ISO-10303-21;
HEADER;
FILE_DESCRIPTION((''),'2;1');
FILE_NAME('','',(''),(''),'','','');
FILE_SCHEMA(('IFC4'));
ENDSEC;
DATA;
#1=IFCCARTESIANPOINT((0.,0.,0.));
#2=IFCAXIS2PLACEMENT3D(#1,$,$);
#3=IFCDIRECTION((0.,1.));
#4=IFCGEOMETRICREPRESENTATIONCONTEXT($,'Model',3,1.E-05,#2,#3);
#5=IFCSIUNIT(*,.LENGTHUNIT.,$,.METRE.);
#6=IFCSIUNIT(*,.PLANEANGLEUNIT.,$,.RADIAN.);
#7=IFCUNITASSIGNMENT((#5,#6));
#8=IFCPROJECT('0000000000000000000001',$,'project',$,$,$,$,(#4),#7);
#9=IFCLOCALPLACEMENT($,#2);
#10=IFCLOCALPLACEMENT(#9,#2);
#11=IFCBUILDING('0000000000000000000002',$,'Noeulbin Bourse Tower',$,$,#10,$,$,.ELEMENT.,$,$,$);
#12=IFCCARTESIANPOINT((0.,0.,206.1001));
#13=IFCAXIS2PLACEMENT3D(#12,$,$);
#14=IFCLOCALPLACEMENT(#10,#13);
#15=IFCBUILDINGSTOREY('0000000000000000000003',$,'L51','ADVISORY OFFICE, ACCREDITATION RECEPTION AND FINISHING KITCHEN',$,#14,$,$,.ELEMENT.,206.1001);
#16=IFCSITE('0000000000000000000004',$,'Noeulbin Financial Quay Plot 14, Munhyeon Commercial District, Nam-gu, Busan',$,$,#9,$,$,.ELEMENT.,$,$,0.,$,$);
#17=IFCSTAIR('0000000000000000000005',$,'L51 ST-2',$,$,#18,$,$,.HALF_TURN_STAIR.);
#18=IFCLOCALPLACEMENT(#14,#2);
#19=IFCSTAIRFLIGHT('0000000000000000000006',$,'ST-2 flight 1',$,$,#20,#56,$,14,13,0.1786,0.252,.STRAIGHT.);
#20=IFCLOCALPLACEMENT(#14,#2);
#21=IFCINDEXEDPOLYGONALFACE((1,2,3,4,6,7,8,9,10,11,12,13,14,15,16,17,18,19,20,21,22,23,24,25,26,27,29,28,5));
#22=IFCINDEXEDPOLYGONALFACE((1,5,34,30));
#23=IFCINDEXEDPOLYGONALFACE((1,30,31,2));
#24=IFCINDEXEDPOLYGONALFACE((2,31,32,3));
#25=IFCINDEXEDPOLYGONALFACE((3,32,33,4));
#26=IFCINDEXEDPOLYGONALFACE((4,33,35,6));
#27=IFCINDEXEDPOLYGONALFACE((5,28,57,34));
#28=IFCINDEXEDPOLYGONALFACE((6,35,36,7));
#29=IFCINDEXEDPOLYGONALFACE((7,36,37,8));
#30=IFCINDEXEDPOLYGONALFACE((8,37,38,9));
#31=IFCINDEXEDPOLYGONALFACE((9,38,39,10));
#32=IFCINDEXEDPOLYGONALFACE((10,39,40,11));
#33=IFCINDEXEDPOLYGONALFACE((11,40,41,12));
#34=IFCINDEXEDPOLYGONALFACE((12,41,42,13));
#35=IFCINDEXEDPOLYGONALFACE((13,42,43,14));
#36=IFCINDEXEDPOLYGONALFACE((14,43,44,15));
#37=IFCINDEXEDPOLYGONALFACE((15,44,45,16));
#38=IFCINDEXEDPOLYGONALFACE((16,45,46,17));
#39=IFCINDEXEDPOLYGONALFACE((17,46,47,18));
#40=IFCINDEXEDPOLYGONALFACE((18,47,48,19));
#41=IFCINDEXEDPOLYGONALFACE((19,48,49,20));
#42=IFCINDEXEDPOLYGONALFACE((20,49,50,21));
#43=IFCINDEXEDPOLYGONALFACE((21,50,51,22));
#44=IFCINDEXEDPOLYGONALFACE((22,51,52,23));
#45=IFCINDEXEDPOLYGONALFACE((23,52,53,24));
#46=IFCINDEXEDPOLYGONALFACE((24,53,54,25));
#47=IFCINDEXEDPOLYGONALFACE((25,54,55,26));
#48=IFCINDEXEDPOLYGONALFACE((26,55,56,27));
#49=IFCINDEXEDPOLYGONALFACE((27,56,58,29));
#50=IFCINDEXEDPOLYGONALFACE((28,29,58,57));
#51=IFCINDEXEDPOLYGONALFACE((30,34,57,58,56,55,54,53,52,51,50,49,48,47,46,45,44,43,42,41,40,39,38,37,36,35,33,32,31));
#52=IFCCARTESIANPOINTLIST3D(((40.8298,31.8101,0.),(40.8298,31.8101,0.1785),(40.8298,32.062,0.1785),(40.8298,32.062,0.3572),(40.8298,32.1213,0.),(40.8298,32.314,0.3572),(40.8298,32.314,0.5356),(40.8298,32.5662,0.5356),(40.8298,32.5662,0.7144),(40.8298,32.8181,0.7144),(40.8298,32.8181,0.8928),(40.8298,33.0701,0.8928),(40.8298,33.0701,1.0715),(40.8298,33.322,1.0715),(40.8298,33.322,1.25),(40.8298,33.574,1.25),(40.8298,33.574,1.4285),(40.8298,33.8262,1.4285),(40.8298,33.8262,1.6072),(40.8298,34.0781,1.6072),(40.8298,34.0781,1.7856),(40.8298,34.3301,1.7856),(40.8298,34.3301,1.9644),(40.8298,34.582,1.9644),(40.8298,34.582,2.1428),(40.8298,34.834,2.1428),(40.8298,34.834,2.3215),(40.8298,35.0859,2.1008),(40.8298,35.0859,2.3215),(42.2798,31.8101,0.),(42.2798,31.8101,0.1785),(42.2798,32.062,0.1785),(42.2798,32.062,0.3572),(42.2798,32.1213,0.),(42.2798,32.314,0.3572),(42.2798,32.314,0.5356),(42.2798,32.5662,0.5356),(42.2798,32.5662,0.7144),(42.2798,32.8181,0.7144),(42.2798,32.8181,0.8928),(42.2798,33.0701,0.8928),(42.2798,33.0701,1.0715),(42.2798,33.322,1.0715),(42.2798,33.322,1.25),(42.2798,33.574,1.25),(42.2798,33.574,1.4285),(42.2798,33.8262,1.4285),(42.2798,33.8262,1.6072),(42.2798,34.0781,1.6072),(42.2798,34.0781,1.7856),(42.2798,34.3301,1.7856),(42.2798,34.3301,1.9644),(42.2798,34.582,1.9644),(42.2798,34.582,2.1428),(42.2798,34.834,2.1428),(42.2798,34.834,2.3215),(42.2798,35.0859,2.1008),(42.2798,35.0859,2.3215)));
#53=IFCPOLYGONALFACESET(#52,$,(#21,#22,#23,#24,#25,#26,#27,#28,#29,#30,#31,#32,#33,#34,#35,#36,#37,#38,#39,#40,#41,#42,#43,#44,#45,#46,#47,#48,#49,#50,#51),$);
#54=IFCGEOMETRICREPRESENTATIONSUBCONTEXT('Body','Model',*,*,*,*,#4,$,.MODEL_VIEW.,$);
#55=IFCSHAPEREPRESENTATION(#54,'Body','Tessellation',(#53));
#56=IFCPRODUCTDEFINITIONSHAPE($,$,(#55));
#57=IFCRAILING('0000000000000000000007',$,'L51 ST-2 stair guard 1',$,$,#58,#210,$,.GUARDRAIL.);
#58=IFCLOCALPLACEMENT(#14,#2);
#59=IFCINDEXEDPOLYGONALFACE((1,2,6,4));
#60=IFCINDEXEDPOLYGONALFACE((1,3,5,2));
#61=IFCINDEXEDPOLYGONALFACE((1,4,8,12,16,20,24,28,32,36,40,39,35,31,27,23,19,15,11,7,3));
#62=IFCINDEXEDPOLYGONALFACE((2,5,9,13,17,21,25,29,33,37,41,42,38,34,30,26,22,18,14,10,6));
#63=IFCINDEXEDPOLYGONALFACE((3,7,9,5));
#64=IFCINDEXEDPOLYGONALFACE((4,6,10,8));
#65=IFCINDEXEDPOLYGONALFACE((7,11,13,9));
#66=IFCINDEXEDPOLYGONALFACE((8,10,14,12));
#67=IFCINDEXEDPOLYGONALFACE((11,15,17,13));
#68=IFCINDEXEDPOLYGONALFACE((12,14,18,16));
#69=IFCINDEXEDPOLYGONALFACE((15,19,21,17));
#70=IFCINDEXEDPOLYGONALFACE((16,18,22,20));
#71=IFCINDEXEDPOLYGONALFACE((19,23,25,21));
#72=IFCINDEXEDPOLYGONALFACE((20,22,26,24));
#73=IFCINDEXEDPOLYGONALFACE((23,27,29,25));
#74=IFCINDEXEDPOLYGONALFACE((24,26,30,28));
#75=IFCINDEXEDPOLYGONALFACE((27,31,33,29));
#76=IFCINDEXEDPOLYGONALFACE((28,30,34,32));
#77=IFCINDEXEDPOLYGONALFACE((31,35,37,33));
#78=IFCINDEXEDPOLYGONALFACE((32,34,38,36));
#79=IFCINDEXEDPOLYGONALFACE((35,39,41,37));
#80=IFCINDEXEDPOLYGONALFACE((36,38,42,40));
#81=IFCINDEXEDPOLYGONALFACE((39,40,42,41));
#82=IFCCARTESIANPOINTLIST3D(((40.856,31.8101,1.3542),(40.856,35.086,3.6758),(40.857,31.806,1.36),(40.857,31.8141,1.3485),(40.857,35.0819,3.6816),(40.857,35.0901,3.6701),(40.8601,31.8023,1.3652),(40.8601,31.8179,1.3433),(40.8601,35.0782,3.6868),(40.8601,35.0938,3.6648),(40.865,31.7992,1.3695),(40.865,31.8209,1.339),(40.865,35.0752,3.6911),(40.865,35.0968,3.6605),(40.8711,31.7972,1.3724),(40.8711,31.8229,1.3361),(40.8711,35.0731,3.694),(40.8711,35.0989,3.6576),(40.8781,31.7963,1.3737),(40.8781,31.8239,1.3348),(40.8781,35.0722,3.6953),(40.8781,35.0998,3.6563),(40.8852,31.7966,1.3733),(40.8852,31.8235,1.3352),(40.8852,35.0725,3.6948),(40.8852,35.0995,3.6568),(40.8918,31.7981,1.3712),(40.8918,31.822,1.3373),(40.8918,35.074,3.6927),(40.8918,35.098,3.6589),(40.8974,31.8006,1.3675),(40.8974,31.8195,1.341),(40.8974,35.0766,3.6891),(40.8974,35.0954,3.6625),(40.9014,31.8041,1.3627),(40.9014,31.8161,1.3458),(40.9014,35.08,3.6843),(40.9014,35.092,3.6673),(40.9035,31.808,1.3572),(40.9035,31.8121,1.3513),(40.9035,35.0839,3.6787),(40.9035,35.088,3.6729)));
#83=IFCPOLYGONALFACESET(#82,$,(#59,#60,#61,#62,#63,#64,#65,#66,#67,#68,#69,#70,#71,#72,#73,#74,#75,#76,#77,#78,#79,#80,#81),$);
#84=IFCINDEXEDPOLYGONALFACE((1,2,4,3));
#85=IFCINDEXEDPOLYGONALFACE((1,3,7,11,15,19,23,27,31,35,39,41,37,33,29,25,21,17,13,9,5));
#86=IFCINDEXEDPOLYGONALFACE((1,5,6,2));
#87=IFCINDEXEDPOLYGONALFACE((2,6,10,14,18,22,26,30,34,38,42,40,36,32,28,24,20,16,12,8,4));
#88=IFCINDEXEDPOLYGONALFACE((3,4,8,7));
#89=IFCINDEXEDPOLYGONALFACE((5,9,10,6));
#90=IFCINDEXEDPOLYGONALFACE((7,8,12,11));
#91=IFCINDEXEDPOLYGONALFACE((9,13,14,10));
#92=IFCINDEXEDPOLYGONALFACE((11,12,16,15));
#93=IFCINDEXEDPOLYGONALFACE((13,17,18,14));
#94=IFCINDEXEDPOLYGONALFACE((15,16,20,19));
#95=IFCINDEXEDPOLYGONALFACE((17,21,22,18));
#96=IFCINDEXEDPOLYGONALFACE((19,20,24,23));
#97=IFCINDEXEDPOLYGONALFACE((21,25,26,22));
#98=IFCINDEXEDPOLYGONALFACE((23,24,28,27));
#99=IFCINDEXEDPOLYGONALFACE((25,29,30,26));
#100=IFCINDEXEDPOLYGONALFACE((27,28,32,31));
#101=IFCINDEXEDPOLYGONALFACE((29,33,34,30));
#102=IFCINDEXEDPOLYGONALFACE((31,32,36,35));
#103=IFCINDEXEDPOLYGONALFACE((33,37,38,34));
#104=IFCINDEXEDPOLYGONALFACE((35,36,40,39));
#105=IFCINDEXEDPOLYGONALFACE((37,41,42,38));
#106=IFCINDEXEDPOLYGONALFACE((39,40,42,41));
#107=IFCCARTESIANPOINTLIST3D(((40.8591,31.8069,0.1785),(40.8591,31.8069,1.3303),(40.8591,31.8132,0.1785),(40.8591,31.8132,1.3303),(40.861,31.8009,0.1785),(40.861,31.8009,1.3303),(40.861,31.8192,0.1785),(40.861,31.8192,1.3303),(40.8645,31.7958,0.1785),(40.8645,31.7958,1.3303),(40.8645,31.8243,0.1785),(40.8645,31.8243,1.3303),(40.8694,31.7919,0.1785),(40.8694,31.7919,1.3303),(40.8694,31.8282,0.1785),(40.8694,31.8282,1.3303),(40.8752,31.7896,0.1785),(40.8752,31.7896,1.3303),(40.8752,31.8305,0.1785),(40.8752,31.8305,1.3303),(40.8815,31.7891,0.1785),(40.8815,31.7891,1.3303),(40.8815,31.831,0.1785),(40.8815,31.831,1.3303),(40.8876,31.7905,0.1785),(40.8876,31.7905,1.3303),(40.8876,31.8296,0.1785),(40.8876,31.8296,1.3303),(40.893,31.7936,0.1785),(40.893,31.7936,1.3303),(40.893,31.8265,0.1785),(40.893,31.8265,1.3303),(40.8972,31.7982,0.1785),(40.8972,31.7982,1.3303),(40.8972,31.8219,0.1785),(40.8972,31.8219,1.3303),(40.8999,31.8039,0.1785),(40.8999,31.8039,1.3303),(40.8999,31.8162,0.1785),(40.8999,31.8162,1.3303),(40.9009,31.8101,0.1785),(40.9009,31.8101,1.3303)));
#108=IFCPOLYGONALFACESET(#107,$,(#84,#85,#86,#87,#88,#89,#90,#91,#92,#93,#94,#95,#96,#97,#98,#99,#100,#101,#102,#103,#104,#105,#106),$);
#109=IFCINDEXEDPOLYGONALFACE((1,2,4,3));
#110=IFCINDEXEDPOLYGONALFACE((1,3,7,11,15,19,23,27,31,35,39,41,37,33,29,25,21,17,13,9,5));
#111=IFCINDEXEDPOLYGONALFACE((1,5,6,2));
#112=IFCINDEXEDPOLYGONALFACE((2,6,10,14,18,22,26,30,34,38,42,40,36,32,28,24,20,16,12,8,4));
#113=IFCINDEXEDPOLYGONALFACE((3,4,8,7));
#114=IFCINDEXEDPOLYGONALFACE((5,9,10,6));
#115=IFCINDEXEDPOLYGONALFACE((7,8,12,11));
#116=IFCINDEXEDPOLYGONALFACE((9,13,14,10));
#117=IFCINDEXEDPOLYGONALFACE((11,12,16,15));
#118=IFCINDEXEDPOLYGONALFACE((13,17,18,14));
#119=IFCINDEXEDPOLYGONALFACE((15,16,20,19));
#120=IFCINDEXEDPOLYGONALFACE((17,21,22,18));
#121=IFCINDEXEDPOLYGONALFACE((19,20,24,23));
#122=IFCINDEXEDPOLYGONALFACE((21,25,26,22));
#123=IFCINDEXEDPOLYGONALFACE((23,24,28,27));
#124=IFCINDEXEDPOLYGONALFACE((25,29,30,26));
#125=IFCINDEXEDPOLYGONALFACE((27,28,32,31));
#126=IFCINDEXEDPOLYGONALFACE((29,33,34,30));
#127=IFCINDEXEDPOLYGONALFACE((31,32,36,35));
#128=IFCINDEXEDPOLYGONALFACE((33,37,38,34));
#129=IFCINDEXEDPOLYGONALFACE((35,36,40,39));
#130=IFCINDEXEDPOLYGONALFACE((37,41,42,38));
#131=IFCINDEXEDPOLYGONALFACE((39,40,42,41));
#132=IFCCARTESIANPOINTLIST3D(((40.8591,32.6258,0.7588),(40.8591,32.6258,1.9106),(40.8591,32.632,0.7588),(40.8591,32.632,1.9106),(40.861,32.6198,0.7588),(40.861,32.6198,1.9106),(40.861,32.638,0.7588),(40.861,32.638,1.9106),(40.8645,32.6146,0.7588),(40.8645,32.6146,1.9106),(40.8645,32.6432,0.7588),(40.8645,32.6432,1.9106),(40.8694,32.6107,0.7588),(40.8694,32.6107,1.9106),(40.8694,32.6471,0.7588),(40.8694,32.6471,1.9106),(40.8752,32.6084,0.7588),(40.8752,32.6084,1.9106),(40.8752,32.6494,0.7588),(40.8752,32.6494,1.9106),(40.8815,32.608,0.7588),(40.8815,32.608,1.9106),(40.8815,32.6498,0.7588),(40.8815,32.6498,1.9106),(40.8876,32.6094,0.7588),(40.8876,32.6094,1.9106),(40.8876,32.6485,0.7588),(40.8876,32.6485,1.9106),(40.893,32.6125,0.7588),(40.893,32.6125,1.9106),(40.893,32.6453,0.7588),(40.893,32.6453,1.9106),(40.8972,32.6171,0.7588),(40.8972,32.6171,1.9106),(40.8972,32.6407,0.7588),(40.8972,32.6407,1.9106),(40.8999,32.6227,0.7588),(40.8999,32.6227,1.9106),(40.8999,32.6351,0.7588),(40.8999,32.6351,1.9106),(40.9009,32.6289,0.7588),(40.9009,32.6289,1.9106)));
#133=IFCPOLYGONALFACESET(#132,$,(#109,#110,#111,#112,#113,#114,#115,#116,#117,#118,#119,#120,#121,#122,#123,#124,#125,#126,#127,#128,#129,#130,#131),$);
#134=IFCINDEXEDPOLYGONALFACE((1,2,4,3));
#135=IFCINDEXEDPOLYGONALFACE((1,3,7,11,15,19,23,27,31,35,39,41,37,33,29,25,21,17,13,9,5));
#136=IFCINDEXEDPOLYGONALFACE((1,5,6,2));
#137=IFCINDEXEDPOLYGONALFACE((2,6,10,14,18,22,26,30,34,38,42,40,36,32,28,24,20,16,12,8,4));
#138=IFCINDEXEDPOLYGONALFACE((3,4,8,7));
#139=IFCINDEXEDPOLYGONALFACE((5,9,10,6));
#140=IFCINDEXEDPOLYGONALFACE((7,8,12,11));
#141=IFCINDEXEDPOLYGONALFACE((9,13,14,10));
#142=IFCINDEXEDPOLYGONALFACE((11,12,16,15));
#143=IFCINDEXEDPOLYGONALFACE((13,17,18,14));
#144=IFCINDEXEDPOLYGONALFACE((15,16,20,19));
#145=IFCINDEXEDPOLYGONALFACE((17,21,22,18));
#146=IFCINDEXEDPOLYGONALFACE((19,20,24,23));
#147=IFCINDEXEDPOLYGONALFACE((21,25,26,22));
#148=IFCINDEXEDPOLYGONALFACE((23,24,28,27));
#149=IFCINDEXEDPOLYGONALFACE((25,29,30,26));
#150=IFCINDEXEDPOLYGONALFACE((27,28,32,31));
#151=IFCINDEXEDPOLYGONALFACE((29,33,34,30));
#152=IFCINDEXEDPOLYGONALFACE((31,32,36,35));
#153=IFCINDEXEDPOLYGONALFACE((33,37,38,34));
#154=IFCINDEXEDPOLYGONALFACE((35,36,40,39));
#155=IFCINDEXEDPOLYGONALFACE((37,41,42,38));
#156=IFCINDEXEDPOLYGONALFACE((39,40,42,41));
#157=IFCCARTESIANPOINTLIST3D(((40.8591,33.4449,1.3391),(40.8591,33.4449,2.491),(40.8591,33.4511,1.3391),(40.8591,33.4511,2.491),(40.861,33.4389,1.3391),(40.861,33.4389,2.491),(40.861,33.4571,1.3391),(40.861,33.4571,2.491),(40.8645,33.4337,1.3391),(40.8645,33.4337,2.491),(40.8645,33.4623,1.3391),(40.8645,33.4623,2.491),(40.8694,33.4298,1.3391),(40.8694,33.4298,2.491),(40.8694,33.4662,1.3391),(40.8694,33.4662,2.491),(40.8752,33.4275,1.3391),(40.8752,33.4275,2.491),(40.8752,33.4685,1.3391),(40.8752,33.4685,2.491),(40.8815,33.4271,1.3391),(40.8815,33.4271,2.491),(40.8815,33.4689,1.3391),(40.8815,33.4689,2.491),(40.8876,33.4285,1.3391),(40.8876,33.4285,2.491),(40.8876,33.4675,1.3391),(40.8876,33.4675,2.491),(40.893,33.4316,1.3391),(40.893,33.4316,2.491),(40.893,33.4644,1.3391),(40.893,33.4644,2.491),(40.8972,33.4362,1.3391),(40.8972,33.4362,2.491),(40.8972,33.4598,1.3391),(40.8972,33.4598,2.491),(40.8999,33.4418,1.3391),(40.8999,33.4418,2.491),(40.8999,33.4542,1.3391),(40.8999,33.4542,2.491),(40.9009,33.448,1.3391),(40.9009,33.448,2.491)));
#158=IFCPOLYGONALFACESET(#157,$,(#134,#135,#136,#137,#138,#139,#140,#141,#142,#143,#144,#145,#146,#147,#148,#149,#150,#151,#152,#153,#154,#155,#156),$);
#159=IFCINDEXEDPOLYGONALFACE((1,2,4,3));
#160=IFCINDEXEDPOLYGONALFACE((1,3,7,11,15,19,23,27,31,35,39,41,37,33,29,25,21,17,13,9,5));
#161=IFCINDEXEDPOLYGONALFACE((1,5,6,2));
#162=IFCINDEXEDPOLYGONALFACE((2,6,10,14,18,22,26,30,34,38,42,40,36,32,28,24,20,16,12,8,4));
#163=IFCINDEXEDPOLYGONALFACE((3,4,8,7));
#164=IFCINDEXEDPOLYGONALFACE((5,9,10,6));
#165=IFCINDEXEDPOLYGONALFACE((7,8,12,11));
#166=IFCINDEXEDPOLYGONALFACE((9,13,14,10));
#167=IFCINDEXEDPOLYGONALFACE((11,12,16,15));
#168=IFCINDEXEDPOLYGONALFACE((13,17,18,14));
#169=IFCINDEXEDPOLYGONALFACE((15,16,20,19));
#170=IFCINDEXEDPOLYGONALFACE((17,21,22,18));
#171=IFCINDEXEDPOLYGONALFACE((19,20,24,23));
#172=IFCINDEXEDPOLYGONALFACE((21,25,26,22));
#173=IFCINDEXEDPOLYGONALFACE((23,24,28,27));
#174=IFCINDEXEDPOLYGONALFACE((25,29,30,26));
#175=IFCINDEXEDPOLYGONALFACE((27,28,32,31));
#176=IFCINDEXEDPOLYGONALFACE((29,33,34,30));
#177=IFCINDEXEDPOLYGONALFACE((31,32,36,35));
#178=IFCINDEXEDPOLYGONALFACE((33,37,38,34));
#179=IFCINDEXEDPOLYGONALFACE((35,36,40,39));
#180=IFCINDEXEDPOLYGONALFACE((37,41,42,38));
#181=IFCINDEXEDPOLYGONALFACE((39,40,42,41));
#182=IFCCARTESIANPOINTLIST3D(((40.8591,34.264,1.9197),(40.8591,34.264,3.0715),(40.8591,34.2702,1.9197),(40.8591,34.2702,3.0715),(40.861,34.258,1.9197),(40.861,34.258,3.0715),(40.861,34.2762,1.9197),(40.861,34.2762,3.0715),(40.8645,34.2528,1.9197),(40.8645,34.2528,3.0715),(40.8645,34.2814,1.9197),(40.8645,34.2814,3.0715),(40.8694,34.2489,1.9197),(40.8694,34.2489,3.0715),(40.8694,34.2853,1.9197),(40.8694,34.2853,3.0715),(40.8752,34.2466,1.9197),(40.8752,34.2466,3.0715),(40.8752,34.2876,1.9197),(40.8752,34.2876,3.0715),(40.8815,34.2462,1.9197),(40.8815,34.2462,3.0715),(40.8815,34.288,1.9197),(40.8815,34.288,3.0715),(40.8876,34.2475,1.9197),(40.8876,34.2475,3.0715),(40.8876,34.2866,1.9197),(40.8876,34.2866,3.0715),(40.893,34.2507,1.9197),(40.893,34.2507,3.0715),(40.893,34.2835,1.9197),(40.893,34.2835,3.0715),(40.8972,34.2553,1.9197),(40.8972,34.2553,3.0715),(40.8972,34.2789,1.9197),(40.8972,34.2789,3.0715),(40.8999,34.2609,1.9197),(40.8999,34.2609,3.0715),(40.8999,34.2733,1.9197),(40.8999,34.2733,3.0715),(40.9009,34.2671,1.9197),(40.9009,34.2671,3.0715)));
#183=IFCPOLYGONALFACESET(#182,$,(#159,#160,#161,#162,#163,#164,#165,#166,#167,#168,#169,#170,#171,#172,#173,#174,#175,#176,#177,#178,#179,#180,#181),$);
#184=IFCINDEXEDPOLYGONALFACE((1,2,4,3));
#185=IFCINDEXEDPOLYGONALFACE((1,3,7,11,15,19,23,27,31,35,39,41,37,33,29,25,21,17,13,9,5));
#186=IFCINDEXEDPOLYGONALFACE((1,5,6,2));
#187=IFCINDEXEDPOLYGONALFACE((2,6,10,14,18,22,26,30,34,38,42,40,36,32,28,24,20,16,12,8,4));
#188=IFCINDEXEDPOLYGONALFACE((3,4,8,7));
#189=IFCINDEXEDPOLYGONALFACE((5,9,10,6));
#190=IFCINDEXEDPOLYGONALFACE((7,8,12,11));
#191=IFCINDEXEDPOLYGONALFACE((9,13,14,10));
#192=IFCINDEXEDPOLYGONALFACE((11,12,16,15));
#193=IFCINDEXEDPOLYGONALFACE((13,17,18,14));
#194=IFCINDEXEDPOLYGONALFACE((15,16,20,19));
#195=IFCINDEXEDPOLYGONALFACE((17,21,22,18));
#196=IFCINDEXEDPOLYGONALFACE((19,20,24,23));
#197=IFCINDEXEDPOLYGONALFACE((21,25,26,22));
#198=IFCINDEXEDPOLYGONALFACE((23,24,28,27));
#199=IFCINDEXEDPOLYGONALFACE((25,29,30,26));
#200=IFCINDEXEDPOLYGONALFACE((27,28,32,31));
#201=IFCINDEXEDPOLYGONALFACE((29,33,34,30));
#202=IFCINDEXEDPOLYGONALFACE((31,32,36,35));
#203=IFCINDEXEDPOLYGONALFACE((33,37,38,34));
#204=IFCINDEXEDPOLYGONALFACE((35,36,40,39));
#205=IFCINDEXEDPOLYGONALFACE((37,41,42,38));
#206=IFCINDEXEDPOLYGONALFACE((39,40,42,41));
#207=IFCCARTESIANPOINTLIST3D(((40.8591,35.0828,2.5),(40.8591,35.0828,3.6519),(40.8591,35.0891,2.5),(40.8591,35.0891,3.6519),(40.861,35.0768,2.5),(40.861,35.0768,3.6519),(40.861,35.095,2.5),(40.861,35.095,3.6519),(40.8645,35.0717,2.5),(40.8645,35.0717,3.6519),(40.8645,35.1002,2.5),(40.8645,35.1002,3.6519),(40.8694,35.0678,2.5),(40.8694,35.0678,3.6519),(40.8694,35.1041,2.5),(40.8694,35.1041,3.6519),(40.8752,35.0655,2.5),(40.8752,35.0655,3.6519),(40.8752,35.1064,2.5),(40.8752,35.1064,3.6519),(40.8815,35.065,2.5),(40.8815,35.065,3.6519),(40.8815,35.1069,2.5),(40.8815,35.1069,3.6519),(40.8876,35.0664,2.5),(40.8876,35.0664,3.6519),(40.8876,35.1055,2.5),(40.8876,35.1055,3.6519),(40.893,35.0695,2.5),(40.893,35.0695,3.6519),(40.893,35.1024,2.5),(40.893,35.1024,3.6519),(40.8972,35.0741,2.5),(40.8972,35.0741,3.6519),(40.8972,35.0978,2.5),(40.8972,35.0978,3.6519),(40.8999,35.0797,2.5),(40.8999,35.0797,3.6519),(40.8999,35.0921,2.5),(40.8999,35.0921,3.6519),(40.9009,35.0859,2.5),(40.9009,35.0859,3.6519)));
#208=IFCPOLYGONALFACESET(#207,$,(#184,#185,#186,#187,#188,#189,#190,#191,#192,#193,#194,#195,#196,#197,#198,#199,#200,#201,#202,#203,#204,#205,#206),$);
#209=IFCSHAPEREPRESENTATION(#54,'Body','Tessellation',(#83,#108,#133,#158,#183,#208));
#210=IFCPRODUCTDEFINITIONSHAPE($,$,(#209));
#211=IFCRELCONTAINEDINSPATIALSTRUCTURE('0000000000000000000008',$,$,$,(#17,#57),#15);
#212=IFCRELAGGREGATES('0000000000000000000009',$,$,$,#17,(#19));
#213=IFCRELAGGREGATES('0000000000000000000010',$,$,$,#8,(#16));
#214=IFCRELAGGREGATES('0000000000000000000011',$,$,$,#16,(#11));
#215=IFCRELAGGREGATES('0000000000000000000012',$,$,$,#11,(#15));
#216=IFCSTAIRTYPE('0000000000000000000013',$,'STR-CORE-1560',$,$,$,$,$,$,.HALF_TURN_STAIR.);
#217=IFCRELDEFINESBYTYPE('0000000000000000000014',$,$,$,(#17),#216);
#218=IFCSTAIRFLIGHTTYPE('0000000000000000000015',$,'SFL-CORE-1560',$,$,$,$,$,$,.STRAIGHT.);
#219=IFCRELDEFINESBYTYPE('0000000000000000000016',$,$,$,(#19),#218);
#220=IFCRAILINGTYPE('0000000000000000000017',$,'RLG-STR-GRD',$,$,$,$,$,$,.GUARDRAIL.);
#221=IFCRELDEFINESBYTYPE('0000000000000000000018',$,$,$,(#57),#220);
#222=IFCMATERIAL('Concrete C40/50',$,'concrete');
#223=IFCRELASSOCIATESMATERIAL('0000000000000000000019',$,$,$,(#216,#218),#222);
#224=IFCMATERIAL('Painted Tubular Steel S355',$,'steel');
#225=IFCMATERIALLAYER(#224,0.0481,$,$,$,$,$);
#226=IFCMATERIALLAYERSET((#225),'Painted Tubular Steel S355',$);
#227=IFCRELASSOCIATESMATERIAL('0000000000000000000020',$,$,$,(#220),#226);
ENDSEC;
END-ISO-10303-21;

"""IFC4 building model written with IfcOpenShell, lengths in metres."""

from ifc_helpers import new_model, si_unit, direction, frame, origin, origin_2d, place, context, subcontext, project, spatial, polyline, circle, outline, extrude, material, layer, layer_set, type_object, element, aggregate, save


model = new_model("IFC4")

# Units and contexts
model_context = context("Model", 3, precision=1e-05, world=origin(), true_north=direction((0.0, 1.0)))
body_context = subcontext(model_context, "Body", "Model", "MODEL_VIEW")
ifc_project = project(units=[si_unit("LENGTHUNIT", "METRE"), si_unit("PLANEANGLEUNIT", "RADIAN")], contexts=[model_context])

# Site, building, storey
site_placement = place(None, origin())
site = spatial("IfcSite", under=ifc_project, at=site_placement, Name="Noeulbin Financial Quay Plot 14, Munhyeon Commercial District, Nam-gu, Busan", CompositionType="ELEMENT", RefElevation=0.0)
building_placement = place(site_placement, origin())
building = spatial("IfcBuilding", under=site, at=building_placement, Name="Noeulbin Bourse Tower", CompositionType="ELEMENT")
storey_placement = place(building_placement, frame((0.0, 0.0, 206.1001)))
storey = spatial("IfcBuildingStorey", under=building, at=storey_placement, Name="L51", Description="ADVISORY OFFICE, ACCREDITATION RECEPTION AND FINISHING KITCHEN", CompositionType="ELEMENT", Elevation=206.1001)

# Shared definitions
ifc_material_1 = material(Name="Concrete C40/50", Category="concrete")

# Stair, stair flight
stair_type = type_object("IfcStairType", Name="STR-CORE-1560", PredefinedType="HALF_TURN_STAIR", material=ifc_material_1)
stair_placement = place(storey_placement, origin())
stair = element("IfcStair", 1, at=stair_placement, inside=storey, type_object=stair_type, Name="L51 ST-2", PredefinedType="HALF_TURN_STAIR")
stair_flight_type = type_object("IfcStairFlightType", Name="SFL-CORE-1560", PredefinedType="STRAIGHT", material=ifc_material_1)
stair_flight_placement = place(storey_placement, frame((41.5549, 31.8101, 0.0), z_axis=(0.0, 0.0, 1.0), x_axis=(0.0, 1.0, 0.0)))
stair_flight = element("IfcStairFlight", 2, at=stair_flight_placement, type_object=stair_flight_type, Name="ST-2 flight 1", NumberOfRisers=14, NumberOfTreads=13, PredefinedType="STRAIGHT", RiserHeight=0.1786, TreadLength=0.252, context=body_context, shape_type="SweptSolid", body=[
    extrude(outline(polyline([(0.0, 0.0), (0.0, 0.1785), (0.252, 0.1785), (0.252, 0.3572), (0.5039, 0.3572), (0.5039, 0.5356), (0.7561, 0.5356), (0.7561, 0.7144), (1.0081, 0.7144), (1.0081, 0.8928), (1.26, 0.8928), (1.26, 1.0715), (1.512, 1.0715), (1.512, 1.25), (1.7639, 1.25), (1.7639, 1.4285), (2.0161, 1.4285), (2.0161, 1.6072), (2.2681, 1.6072), (2.2681, 1.7856), (2.52, 1.7856), (2.52, 1.9644), (2.772, 1.9644), (2.772, 2.1428), (3.0239, 2.1428), (3.0239, 2.3215), (3.2759, 2.3215), (3.2759, 2.5), (3.2759, 2.1008), (0.3113, 0.0), (0.0, 0.0)])), frame((0.0, 0.7251, 0.0), z_axis=(0.0, -1.0, 0.0), x_axis=(1.0, 0.0, 0.0)), (0.0, 0.0, 1.0), 1.45),
])
aggregate(stair, [stair_flight])

# Railing
ifc_material_2 = material(Name="Painted Tubular Steel S355", Category="steel")
ifc_layer_1 = layer(ifc_material_2, 0.0481)
ifc_layer_set_1 = layer_set([ifc_layer_1], Name="Painted Tubular Steel S355")
railing_type = type_object("IfcRailingType", Name="RLG-STR-GRD", PredefinedType="GUARDRAIL", material=ifc_layer_set_1)
railing_1_placement = place(storey_placement, frame((40.8799, 31.8101, 0.1785)))
element("IfcRailing", 3, at=railing_1_placement, inside=storey, type_object=railing_type, Name="L51 ST-2 stair guard 1", PredefinedType="GUARDRAIL", context=body_context, shape_type="SweptSolid", body=[
    extrude(circle(Radius=0.0239, at=origin_2d()), frame((0.0, 0.0, 1.1758), z_axis=(0.0, 0.815893, 0.578203), x_axis=(-1.0, 0.0, 0.0)), (0.0, 0.0, 1.0), 4.0151),
    extrude(circle(Radius=0.021, at=origin_2d()), origin(), (0.0, 0.0, 1.0), 1.1519),
    extrude(circle(Radius=0.021, at=origin_2d()), frame((0.0, 0.8188, 0.5803)), (0.0, 0.0, 1.0), 1.1519),
    extrude(circle(Radius=0.021, at=origin_2d()), frame((0.0, 1.6379, 1.1606)), (0.0, 0.0, 1.0), 1.1519),
    extrude(circle(Radius=0.021, at=origin_2d()), frame((0.0, 2.457, 1.7412)), (0.0, 0.0, 1.0), 1.1519),
    extrude(circle(Radius=0.021, at=origin_2d()), frame((0.0, 3.2759, 2.3215)), (0.0, 0.0, 1.0), 1.1519),
])

save(model, "model.ifc")
